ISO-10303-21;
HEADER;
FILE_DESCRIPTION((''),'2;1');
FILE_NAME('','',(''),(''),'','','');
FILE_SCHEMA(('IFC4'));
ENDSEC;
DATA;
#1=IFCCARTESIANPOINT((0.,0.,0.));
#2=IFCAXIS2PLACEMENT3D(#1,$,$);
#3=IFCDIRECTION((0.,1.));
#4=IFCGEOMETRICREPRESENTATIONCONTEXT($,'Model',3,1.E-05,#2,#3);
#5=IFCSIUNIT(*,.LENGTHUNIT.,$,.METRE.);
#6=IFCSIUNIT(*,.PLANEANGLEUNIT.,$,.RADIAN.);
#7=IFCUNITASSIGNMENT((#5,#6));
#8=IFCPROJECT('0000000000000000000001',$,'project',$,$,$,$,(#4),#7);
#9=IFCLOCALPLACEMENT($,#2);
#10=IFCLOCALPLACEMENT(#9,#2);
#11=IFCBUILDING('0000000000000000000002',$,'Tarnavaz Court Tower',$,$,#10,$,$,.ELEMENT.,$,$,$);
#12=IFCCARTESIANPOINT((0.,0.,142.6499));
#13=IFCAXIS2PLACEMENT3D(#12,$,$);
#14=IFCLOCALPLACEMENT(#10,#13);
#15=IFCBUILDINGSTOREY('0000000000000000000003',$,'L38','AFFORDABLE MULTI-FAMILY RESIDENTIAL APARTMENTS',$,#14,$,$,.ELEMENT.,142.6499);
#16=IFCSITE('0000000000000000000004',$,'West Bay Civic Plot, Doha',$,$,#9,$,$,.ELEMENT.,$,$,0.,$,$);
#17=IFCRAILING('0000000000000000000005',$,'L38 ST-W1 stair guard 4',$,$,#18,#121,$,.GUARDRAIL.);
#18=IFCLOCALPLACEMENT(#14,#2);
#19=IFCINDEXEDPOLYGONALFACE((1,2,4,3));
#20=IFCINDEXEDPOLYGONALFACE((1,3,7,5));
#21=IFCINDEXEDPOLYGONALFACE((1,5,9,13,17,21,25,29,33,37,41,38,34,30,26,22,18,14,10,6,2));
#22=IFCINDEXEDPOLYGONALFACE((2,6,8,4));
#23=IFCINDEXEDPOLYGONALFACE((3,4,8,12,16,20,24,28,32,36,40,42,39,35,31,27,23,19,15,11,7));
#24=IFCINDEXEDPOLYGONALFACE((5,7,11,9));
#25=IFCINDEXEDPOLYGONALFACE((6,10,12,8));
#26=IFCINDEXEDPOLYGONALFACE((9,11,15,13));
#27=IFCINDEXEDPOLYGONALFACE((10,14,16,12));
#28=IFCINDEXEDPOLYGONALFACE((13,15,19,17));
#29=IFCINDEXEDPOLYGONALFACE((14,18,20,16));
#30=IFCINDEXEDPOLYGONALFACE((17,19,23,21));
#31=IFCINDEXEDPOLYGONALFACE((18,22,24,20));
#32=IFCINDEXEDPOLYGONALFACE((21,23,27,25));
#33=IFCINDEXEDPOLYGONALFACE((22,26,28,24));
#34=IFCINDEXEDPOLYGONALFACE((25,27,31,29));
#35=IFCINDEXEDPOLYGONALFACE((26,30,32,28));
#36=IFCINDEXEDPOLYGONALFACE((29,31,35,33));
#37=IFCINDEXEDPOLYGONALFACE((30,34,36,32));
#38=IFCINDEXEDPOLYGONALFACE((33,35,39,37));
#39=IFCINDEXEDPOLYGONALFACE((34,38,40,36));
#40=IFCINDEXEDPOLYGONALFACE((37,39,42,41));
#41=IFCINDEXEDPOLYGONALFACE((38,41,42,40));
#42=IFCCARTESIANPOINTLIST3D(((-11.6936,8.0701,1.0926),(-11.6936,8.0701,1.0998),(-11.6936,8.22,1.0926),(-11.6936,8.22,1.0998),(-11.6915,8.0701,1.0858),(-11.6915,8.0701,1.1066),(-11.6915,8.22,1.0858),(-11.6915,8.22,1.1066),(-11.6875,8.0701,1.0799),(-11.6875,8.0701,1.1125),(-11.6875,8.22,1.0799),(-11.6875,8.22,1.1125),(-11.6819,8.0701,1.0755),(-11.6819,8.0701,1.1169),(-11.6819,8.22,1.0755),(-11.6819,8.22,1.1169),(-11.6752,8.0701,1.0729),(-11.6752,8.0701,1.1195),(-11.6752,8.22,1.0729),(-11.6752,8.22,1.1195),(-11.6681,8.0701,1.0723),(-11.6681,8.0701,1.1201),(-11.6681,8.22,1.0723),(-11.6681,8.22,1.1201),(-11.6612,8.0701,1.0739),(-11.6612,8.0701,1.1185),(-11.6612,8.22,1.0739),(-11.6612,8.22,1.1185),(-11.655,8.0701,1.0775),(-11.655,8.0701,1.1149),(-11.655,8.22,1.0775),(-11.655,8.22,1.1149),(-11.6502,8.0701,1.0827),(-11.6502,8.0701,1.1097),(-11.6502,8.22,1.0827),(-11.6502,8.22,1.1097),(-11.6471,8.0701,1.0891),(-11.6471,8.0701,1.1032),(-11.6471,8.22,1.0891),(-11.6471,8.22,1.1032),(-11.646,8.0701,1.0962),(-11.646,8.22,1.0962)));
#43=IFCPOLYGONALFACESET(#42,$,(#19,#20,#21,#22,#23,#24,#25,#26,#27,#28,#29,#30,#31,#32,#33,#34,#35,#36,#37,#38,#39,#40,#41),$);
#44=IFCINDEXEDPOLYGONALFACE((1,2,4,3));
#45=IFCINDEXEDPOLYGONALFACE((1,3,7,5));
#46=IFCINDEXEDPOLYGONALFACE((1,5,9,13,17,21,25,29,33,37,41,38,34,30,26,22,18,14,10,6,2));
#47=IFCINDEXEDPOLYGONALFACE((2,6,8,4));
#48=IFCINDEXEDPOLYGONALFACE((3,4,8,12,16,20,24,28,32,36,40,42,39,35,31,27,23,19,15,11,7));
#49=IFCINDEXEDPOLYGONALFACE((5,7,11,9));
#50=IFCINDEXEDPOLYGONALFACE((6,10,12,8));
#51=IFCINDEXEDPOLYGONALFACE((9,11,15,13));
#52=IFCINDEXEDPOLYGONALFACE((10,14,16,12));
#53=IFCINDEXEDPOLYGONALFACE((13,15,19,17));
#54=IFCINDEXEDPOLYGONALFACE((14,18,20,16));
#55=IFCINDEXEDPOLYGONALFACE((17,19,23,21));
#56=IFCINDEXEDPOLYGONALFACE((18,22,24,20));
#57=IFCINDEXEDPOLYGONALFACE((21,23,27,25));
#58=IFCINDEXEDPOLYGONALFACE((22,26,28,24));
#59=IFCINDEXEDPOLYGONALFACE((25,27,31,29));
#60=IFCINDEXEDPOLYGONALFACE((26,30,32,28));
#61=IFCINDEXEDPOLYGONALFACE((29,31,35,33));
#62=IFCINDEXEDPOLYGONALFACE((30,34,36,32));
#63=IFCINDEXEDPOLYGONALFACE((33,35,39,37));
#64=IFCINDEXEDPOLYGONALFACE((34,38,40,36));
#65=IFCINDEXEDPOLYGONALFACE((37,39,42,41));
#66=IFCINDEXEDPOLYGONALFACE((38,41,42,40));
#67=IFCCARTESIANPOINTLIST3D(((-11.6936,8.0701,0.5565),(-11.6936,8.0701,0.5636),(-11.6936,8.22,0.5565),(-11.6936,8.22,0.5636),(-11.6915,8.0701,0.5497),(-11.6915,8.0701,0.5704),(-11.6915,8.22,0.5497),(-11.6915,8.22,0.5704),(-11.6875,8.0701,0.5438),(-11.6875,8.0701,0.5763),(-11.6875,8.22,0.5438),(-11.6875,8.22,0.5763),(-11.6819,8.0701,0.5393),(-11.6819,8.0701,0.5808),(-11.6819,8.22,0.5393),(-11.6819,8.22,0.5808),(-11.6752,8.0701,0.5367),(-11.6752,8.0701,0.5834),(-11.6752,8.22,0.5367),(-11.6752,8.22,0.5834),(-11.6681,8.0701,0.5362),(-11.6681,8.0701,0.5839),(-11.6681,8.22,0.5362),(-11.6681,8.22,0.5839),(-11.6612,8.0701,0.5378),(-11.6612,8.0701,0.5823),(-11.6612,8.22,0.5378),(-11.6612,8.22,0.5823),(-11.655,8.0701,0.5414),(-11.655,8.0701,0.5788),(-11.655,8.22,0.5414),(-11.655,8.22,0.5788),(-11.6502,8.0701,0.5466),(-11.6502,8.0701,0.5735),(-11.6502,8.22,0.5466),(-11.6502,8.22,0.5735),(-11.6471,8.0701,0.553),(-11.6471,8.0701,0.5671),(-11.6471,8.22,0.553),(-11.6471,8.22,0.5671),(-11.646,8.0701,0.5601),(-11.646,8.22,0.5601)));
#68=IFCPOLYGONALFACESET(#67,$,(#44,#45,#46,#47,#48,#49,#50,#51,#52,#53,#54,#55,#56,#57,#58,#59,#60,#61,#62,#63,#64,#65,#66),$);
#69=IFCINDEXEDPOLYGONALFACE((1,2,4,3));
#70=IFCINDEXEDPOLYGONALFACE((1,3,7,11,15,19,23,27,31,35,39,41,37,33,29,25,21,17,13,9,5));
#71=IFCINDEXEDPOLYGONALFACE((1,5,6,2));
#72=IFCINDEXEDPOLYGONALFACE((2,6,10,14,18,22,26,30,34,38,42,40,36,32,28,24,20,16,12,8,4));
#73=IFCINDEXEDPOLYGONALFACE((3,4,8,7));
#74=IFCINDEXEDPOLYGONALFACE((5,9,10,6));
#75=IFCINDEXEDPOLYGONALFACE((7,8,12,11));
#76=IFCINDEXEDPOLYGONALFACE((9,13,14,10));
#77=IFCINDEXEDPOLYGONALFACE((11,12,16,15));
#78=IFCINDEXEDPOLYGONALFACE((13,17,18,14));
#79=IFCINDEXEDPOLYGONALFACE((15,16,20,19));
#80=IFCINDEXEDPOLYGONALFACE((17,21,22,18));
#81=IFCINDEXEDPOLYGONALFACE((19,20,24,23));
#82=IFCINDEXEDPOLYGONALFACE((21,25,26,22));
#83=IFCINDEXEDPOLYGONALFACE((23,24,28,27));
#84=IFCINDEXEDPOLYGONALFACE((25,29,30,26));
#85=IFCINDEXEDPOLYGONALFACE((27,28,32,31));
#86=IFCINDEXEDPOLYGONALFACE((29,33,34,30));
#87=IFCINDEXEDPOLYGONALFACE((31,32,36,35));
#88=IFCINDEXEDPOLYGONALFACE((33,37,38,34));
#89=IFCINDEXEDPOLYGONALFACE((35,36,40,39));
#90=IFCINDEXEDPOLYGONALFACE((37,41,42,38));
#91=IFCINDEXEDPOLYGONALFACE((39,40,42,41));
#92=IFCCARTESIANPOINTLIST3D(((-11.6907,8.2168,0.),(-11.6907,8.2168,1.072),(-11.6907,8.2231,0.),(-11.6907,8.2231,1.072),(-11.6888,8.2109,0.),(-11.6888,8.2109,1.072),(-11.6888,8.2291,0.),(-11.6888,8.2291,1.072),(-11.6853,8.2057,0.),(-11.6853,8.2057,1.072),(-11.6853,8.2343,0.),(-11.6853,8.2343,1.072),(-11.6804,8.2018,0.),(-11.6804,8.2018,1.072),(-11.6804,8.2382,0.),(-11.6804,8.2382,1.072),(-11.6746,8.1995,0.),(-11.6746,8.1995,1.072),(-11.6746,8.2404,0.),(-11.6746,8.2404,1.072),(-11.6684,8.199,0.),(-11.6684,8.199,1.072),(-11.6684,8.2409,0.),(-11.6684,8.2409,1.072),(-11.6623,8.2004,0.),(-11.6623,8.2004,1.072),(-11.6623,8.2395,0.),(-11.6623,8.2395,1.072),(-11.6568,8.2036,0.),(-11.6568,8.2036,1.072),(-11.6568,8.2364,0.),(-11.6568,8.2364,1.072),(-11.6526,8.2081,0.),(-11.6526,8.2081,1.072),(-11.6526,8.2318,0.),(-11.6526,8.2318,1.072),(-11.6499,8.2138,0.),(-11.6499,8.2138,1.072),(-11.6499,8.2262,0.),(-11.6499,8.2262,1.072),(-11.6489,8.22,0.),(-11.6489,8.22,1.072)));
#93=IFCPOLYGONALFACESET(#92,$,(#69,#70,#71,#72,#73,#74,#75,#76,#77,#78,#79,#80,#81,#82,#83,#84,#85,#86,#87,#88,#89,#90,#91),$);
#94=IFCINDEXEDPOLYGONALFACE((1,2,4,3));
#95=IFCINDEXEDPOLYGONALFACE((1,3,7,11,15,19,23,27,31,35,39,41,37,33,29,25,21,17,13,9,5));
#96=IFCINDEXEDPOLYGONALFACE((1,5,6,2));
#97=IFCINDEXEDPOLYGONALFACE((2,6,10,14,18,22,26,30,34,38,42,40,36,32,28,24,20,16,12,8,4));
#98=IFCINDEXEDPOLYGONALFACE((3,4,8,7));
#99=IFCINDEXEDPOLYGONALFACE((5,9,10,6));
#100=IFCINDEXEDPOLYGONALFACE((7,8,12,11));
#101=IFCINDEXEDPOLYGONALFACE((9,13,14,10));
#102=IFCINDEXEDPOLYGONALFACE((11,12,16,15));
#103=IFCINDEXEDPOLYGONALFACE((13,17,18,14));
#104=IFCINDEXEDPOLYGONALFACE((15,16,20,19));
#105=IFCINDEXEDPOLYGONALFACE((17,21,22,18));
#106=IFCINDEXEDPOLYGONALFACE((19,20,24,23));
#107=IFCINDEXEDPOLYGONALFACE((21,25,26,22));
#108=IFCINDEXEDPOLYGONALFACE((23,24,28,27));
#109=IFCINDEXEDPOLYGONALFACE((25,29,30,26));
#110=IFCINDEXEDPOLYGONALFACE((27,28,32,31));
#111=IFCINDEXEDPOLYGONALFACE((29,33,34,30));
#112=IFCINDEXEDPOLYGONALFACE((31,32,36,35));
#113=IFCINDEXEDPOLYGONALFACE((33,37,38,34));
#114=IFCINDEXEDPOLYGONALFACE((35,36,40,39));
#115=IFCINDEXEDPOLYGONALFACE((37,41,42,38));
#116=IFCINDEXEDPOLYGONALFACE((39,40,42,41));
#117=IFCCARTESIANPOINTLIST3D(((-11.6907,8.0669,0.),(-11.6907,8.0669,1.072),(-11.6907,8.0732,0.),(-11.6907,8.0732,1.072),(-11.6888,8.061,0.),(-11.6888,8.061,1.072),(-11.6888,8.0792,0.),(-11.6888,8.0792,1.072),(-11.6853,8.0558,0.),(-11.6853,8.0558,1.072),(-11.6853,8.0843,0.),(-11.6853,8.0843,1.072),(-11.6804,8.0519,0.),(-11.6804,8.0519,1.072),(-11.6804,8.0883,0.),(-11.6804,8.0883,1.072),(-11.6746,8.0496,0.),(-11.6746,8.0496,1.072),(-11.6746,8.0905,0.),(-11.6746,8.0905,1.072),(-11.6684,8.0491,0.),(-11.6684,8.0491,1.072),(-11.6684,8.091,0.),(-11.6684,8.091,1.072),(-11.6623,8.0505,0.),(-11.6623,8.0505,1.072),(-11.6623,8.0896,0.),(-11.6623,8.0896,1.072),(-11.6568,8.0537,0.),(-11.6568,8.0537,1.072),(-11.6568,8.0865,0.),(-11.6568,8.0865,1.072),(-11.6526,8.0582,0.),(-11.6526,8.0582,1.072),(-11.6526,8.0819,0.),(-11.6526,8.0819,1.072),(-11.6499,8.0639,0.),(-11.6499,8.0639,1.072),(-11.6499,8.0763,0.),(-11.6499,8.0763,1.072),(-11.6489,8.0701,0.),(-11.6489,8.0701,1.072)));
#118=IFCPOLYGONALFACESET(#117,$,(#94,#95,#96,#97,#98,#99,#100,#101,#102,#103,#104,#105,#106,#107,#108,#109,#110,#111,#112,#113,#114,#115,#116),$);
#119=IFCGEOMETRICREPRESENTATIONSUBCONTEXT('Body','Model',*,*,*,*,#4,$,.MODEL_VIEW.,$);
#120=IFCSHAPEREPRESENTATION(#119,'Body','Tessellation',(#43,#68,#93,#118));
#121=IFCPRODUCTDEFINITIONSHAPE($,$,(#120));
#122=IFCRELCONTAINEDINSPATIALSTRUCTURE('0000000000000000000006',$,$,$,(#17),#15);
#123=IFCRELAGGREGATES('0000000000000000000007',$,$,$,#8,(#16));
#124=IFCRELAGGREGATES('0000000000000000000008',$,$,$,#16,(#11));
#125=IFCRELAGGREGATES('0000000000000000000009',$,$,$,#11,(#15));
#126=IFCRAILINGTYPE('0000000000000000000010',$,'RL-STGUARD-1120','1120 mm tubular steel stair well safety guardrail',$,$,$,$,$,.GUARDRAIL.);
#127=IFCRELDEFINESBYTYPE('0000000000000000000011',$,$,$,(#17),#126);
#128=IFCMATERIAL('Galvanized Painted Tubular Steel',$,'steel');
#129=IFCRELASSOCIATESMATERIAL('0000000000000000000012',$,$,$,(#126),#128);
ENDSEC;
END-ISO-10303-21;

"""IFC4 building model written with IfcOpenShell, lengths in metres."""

from ifc_helpers import new_model, si_unit, direction, frame, origin, origin_2d, place, context, subcontext, project, spatial, circle, extrude, material, type_object, element, save


model = new_model("IFC4")

# Units and contexts
model_context = context("Model", 3, precision=1e-05, world=origin(), true_north=direction((0.0, 1.0)))
body_context = subcontext(model_context, "Body", "Model", "MODEL_VIEW")
ifc_project = project(units=[si_unit("LENGTHUNIT", "METRE"), si_unit("PLANEANGLEUNIT", "RADIAN")], contexts=[model_context])

# Site, building, storey
site_placement = place(None, origin())
site = spatial("IfcSite", under=ifc_project, at=site_placement, Name="West Bay Civic Plot, Doha", CompositionType="ELEMENT", RefElevation=0.0)
building_placement = place(site_placement, origin())
building = spatial("IfcBuilding", under=site, at=building_placement, Name="Tarnavaz Court Tower", CompositionType="ELEMENT")
storey_placement = place(building_placement, frame((0.0, 0.0, 142.6499)))
storey = spatial("IfcBuildingStorey", under=building, at=storey_placement, Name="L38", Description="AFFORDABLE MULTI-FAMILY RESIDENTIAL APARTMENTS", CompositionType="ELEMENT", Elevation=142.6499)

# Railing
ifc_material_1 = material(Name="Galvanized Painted Tubular Steel", Category="steel")
railing_type_1 = type_object("IfcRailingType", Name="RL-STGUARD-1120", Description="1120 mm tubular steel stair well safety guardrail", PredefinedType="GUARDRAIL", material=ifc_material_1)
railing_1_placement = place(storey_placement, frame((-11.6699, 8.22, 0.0)))
element("IfcRailing", 1, at=railing_1_placement, inside=storey, type_object=railing_type_1, Name="L38 ST-W1 stair guard 4", PredefinedType="GUARDRAIL", context=body_context, shape_type="SweptSolid", body=[
    extrude(circle(Radius=0.0239, at=origin_2d()), frame((0.0, 0.0, 1.0962), z_axis=(0.0, -1.0, 0.0), x_axis=(1.0, 0.0, 0.0)), (0.0, 0.0, 1.0), 0.1499),
    extrude(circle(Radius=0.0239, at=origin_2d()), frame((0.0, 0.0, 0.5601), z_axis=(0.0, -1.0, 0.0), x_axis=(1.0, 0.0, 0.0)), (0.0, 0.0, 1.0), 0.1499),
    extrude(circle(Radius=0.021, at=origin_2d()), origin(), (0.0, 0.0, 1.0), 1.072),
    extrude(circle(Radius=0.021, at=origin_2d()), frame((0.0, -0.1499, 0.0)), (0.0, 0.0, 1.0), 1.072),
])

save(model, "model.ifc")
